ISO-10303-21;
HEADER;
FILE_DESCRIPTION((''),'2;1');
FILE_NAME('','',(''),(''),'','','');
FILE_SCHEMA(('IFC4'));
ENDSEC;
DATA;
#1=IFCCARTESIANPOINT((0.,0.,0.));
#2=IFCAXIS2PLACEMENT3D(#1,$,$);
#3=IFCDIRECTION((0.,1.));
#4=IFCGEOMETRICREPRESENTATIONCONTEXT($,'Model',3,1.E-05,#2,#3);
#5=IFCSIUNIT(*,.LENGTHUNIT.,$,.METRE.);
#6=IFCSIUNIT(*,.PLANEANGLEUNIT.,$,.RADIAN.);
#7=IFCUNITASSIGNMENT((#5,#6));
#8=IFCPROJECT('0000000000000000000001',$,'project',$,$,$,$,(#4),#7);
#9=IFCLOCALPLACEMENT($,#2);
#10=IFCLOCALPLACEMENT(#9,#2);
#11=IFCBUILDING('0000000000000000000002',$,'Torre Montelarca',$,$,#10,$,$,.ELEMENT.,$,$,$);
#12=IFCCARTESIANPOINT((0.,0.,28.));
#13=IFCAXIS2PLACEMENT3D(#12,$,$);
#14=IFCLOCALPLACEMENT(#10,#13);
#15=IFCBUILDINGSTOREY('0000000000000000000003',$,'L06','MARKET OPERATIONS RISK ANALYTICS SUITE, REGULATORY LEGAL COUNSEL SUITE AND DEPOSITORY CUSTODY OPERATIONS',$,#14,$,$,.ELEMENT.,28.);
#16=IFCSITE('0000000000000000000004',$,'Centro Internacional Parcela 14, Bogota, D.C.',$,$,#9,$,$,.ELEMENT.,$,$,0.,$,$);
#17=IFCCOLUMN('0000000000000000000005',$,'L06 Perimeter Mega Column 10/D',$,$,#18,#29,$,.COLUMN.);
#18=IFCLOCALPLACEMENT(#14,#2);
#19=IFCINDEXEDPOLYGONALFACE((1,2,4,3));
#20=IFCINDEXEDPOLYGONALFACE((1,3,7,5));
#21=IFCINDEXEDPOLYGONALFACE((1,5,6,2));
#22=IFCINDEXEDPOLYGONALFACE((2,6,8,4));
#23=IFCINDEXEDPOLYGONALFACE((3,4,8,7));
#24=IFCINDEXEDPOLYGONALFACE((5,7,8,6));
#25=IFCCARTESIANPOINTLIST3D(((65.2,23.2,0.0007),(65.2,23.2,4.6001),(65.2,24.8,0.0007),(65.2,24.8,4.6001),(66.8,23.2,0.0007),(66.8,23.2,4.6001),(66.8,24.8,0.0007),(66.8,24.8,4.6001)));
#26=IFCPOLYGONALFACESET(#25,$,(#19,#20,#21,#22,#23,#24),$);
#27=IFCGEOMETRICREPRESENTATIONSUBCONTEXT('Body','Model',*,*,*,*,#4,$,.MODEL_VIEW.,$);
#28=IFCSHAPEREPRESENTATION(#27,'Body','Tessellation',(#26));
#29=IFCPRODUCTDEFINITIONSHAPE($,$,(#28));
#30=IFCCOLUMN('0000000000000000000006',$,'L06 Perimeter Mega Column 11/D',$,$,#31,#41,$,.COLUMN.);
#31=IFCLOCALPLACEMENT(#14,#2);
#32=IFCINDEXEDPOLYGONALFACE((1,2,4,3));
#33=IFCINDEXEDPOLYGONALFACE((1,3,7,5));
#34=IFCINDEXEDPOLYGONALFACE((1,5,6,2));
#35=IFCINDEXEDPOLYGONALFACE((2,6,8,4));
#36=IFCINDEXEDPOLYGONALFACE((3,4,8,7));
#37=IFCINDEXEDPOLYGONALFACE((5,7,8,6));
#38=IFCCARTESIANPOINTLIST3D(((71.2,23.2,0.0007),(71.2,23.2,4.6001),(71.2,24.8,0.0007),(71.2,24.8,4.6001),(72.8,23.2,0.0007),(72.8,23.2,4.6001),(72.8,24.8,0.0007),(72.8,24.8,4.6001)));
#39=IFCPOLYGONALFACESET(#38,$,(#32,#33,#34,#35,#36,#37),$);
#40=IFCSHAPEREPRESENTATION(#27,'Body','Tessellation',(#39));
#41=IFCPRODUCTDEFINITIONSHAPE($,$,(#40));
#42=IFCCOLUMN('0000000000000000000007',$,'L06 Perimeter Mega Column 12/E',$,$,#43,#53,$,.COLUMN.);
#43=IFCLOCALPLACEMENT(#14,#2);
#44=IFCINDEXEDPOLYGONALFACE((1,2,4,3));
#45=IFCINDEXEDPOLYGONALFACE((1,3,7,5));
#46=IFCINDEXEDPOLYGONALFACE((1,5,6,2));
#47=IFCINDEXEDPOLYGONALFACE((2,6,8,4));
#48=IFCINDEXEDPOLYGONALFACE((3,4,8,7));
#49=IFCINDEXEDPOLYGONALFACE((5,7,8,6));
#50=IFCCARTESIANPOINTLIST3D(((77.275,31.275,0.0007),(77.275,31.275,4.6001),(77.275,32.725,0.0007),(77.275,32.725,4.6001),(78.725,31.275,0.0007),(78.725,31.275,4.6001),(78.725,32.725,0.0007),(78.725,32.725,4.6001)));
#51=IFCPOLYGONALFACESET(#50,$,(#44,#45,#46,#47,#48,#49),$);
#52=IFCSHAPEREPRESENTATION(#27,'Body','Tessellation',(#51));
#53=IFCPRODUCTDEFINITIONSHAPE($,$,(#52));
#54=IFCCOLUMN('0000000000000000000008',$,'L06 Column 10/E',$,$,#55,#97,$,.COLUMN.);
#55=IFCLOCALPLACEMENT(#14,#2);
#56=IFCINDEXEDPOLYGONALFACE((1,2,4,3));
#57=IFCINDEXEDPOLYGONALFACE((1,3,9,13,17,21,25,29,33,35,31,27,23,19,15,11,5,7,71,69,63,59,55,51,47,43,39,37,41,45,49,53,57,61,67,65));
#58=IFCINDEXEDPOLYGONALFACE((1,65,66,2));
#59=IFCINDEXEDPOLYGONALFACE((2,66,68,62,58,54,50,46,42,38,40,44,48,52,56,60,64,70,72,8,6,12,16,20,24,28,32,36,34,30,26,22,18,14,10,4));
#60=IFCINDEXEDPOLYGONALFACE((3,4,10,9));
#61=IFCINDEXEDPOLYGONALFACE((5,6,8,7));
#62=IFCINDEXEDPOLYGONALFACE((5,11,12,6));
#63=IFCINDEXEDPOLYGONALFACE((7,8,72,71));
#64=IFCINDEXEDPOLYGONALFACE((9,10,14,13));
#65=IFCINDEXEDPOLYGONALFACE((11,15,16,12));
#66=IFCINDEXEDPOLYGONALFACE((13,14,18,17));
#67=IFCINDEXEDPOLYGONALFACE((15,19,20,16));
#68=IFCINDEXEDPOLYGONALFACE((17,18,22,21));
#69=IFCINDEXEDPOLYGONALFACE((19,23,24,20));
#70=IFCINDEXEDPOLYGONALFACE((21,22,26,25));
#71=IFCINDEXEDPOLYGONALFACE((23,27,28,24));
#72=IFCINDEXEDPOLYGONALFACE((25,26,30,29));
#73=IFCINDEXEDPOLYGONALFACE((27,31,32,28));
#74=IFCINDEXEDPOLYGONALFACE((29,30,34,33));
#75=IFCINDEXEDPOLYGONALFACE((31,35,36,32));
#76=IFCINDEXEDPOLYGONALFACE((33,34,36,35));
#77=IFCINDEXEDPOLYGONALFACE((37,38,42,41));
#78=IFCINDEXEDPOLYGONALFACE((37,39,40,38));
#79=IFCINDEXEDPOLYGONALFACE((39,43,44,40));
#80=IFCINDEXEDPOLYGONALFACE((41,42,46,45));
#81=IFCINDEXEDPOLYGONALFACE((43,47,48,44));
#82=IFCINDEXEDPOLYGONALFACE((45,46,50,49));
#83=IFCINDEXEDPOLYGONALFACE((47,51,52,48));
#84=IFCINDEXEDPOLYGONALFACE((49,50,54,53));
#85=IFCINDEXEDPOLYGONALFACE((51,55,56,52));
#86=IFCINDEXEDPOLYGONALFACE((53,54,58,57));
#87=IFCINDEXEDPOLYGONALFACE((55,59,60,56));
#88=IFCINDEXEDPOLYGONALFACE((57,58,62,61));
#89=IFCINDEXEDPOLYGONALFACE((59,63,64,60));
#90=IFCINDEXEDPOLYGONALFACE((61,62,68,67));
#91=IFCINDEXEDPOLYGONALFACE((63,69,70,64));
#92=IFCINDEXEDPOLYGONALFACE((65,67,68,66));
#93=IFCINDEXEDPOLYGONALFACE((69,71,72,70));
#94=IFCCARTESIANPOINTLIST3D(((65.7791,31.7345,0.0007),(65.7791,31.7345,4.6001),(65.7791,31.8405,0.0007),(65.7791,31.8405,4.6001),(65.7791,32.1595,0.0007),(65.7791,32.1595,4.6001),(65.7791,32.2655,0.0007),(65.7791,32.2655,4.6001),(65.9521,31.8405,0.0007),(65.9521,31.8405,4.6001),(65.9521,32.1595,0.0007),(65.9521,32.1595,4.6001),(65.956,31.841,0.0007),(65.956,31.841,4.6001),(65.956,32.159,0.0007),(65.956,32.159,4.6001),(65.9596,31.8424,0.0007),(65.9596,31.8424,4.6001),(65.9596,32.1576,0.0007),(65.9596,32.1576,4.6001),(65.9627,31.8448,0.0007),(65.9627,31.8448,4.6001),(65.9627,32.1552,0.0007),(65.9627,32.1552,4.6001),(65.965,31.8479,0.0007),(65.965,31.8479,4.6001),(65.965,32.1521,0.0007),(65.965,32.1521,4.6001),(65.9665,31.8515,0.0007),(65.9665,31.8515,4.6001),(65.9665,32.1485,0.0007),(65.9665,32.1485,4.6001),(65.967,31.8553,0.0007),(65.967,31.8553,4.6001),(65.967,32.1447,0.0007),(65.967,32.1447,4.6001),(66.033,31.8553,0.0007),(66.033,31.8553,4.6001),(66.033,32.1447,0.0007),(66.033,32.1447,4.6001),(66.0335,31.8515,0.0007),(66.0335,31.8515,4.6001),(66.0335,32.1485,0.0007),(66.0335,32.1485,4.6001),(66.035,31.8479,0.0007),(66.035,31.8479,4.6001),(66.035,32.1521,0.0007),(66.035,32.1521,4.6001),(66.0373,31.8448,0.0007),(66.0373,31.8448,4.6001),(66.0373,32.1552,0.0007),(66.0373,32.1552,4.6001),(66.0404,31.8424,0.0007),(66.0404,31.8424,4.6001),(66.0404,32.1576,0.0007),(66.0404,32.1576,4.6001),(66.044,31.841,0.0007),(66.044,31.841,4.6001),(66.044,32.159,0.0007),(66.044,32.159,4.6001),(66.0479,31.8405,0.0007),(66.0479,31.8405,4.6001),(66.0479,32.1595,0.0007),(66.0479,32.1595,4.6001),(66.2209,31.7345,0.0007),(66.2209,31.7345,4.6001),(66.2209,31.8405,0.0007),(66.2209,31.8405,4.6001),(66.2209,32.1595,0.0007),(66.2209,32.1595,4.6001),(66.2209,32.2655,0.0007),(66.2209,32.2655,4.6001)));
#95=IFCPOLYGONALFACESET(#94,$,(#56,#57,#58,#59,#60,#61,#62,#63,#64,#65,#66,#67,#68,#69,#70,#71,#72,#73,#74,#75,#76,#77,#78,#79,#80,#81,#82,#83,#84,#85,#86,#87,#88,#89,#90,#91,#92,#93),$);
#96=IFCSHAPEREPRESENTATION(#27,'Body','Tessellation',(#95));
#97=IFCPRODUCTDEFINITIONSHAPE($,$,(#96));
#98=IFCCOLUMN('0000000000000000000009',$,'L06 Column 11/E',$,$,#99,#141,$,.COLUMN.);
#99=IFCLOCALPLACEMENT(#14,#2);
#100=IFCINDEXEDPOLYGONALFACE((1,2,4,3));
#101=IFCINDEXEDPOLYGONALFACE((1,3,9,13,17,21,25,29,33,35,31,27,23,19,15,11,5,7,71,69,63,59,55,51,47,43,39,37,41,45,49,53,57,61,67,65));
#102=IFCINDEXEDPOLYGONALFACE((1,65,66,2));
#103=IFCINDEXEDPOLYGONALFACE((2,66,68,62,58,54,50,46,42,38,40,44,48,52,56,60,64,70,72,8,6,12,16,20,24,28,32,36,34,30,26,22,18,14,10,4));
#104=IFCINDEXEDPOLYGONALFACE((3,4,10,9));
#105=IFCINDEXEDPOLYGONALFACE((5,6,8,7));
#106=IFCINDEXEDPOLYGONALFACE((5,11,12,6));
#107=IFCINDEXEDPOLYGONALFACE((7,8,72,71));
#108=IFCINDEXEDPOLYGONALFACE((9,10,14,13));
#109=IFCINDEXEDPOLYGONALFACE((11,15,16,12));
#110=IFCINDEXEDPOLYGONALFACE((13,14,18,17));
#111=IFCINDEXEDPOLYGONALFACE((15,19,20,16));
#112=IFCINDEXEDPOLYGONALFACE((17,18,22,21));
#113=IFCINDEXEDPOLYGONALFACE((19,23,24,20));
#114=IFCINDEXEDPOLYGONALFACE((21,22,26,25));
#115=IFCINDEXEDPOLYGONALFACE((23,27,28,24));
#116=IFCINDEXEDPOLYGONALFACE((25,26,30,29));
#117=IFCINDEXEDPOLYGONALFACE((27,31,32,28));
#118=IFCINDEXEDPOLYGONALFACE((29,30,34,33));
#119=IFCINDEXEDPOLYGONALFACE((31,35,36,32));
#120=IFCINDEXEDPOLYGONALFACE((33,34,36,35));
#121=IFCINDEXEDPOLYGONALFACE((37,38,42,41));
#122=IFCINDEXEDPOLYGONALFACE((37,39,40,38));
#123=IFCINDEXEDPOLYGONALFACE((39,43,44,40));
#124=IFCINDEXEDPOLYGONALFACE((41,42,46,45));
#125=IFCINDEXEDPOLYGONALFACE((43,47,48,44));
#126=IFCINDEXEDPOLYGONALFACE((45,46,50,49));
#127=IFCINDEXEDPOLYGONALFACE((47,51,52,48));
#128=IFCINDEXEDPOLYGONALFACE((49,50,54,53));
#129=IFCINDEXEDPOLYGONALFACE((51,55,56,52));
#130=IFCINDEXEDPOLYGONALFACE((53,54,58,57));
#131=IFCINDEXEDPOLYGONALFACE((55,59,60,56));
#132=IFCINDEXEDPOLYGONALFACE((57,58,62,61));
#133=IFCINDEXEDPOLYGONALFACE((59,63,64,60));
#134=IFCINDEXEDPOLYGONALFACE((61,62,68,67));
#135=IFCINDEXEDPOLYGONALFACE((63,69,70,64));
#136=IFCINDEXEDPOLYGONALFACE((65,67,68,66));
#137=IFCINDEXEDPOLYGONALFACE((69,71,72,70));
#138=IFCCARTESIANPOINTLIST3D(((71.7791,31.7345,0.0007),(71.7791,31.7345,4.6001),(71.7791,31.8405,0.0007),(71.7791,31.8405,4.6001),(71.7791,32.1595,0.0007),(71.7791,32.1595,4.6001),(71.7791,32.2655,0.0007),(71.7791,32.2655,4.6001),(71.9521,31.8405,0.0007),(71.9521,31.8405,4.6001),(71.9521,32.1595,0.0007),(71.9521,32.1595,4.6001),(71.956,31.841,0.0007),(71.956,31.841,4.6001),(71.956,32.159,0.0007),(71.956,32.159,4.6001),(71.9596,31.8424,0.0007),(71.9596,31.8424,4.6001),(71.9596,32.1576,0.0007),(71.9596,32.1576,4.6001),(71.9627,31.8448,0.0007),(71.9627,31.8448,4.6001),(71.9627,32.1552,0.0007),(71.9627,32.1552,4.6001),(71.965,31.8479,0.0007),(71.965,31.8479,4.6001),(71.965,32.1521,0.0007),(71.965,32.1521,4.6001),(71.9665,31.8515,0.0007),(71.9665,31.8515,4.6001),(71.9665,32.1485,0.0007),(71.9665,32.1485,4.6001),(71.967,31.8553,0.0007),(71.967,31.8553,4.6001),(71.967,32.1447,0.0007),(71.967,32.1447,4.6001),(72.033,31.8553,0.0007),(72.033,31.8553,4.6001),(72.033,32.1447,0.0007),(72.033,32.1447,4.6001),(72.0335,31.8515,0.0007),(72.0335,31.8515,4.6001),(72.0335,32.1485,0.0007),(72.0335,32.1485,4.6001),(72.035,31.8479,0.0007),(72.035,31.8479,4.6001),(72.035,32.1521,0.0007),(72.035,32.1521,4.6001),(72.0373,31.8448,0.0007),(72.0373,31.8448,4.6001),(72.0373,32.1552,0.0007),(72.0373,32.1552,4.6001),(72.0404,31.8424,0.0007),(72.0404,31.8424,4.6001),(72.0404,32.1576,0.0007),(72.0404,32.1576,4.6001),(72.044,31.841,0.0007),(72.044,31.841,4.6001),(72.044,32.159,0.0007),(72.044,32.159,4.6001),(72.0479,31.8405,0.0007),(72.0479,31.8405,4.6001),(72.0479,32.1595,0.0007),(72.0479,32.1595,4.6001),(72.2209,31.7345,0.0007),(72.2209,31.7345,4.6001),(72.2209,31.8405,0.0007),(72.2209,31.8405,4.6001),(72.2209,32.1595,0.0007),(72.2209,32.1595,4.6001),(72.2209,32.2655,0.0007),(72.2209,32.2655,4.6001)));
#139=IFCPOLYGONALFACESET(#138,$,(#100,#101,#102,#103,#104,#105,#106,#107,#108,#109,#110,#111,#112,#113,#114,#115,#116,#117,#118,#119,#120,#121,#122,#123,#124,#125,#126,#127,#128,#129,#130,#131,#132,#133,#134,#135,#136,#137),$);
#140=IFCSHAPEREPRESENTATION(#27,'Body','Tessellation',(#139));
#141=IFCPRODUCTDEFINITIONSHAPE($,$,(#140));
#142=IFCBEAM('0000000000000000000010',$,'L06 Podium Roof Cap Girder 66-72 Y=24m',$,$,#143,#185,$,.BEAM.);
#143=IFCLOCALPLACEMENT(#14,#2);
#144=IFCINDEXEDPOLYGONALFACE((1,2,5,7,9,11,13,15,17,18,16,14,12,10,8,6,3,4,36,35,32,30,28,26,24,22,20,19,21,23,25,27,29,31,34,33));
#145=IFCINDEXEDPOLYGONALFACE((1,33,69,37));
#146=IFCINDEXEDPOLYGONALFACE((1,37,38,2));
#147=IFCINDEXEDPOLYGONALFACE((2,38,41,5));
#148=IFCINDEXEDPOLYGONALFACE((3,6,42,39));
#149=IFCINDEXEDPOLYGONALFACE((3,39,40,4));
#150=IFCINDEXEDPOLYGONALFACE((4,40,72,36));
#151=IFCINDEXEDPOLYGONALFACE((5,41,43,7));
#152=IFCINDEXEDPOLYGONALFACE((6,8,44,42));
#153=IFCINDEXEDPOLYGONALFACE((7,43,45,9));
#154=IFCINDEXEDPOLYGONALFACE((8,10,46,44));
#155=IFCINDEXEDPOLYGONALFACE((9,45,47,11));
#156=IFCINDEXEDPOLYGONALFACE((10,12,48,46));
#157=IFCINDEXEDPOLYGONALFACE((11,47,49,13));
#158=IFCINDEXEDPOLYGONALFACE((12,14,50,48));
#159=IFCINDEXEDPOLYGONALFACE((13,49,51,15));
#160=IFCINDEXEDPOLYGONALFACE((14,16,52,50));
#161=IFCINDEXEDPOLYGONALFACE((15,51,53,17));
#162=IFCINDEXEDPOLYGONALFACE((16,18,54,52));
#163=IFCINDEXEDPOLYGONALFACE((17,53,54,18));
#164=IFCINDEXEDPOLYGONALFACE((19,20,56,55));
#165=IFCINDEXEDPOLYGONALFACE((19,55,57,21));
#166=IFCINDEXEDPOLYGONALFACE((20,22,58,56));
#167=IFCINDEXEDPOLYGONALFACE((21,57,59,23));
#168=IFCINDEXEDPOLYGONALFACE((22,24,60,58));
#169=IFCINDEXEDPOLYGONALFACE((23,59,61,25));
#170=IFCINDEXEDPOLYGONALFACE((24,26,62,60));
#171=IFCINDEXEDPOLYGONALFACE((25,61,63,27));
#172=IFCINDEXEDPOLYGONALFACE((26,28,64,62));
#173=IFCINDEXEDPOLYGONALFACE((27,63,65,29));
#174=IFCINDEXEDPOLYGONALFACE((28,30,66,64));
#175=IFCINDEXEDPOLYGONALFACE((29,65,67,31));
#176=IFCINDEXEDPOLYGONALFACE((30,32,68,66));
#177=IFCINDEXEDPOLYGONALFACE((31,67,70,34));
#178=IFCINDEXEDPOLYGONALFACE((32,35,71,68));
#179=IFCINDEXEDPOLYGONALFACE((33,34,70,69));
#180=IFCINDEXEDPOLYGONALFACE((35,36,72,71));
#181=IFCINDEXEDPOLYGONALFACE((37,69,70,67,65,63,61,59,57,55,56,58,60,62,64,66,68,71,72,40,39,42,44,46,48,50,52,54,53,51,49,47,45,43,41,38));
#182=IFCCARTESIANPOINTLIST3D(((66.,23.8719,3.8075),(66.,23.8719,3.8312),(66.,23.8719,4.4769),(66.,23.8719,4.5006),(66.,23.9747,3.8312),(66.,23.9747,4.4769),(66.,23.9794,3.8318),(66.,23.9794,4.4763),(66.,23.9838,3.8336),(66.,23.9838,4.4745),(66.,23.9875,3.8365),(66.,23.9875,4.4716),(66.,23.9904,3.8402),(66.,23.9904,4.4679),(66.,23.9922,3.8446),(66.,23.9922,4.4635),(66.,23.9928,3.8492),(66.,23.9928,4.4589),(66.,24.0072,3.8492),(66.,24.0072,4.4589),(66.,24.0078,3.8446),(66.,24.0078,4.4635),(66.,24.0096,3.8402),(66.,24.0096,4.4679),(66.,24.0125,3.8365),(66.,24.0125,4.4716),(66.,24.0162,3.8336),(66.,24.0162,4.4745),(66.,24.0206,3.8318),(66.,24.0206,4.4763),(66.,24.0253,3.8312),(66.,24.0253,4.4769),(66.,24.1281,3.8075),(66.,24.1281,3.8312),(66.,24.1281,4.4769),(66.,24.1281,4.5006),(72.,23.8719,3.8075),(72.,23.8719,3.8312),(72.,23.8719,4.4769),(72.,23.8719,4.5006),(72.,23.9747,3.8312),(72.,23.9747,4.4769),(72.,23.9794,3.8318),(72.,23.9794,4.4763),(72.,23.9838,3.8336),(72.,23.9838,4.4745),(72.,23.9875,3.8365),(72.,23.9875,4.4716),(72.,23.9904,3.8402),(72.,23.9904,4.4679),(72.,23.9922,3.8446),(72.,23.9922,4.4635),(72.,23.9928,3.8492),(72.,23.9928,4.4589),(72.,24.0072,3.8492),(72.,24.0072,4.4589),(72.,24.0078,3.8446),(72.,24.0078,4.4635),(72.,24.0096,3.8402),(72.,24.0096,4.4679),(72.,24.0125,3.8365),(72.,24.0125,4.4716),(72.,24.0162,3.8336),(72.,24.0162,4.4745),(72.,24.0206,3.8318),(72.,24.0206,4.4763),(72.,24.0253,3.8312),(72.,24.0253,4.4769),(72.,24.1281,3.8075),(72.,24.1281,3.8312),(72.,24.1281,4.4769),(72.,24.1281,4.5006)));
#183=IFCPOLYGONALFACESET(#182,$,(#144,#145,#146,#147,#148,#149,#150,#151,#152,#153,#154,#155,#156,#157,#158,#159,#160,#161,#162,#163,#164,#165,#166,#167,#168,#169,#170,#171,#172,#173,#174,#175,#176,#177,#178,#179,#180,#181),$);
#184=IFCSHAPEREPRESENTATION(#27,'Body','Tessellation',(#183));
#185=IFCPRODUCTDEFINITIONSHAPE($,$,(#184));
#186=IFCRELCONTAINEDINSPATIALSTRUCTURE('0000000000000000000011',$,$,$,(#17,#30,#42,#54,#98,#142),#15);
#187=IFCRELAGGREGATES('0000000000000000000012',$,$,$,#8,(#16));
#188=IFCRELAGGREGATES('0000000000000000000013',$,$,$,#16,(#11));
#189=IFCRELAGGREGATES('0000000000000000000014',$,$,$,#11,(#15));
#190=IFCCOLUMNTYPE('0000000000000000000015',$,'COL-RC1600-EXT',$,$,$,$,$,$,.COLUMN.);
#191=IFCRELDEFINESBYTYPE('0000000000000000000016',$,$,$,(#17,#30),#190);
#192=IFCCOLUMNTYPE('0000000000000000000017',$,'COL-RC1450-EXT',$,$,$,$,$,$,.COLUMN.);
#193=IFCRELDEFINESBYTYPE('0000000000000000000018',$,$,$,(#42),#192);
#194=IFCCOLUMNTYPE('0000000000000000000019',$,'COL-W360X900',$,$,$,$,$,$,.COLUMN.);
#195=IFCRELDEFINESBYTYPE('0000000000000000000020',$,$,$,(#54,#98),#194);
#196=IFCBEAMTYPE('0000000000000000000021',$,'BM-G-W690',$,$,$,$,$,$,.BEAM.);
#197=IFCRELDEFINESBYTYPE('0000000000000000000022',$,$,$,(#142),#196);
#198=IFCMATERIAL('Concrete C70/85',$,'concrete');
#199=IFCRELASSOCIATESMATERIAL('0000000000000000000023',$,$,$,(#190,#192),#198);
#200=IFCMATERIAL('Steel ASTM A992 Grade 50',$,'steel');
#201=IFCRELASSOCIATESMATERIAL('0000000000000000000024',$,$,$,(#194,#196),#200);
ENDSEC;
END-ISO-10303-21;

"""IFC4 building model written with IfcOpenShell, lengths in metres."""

from ifc_helpers import new_model, si_unit, direction, frame, origin, origin_2d, place, context, subcontext, project, spatial, rectangle, i_section, extrude, source, transform, mapped, material, material_profile, profile_set, type_object, element, save


model = new_model("IFC4")

# Units and contexts
model_context = context("Model", 3, precision=1e-05, world=origin(), true_north=direction((0.0, 1.0)))
body_context = subcontext(model_context, "Body", "Model", "MODEL_VIEW")
ifc_project = project(units=[si_unit("LENGTHUNIT", "METRE"), si_unit("PLANEANGLEUNIT", "RADIAN")], contexts=[model_context])

# Site, building, storey
site_placement = place(None, origin())
site = spatial("IfcSite", under=ifc_project, at=site_placement, Name="Centro Internacional Parcela 14, Bogota, D.C.", CompositionType="ELEMENT", RefElevation=0.0)
building_placement = place(site_placement, origin())
building = spatial("IfcBuilding", under=site, at=building_placement, Name="Torre Montelarca", CompositionType="ELEMENT")
storey_placement = place(building_placement, frame((0.0, 0.0, 28.0)))
storey = spatial("IfcBuildingStorey", under=building, at=storey_placement, Name="L06", Description="MARKET OPERATIONS RISK ANALYTICS SUITE, REGULATORY LEGAL COUNSEL SUITE AND DEPOSITORY CUSTODY OPERATIONS", CompositionType="ELEMENT", Elevation=28.0)

# Columns
ifc_material_1 = material(Name="Concrete C70/85", Category="concrete")
ifc_material_profile_1 = material_profile(ifc_material_1, rectangle(XDim=1.6001, YDim=1.6001, at=origin_2d()), Name="RC1600X1600", Category="concrete")
ifc_profile_set_1 = profile_set([ifc_material_profile_1], Name="Concrete C70/85")
column_type_1 = type_object("IfcColumnType", Name="COL-RC1600-EXT", PredefinedType="COLUMN", material=ifc_profile_set_1)
shared_shape_1 = source(origin(), body_context, "Body", "SweptSolid", [
    extrude(rectangle(XDim=1.6001, YDim=1.6001, at=origin_2d()), origin(), (0.0, 0.0, 1.0), 4.5994),
])
for number, where, z_axis, x_axis, name in (
    (1, (66.0, 24.0, 0.0007), (0.0, 0.0, 1.0), (1.0, 0.0, 0.0), "L06 Perimeter Mega Column 10/D"),
    (2, (72.0, 24.0, 0.0007), (0.0, 0.0, 1.0), (1.0, 0.0, 0.0), "L06 Perimeter Mega Column 11/D"),
):
    element("IfcColumn", number, at=place(storey_placement, frame(where, z_axis=z_axis, x_axis=x_axis)), inside=storey, type_object=column_type_1, Name=name, PredefinedType="COLUMN", context=body_context, shape_type="MappedRepresentation", body=[
        mapped(shared_shape_1, transform((0.0, 0.0, 0.0), scale=1.0)),
    ])
ifc_material_profile_2 = material_profile(ifc_material_1, rectangle(XDim=1.45, YDim=1.45, at=origin_2d()), Name="RC1450X1450", Category="concrete")
ifc_profile_set_2 = profile_set([ifc_material_profile_2], Name="Concrete C70/85")
column_type_2 = type_object("IfcColumnType", Name="COL-RC1450-EXT", PredefinedType="COLUMN", material=ifc_profile_set_2)
shared_shape_2 = source(origin(), body_context, "Body", "SweptSolid", [
    extrude(rectangle(XDim=1.45, YDim=1.45, at=origin_2d()), origin(), (0.0, 0.0, 1.0), 4.5994),
])
column_placement = place(storey_placement, frame((78.0, 32.0, 0.0007), z_axis=(0.0, 0.0, 1.0), x_axis=(1.0, 0.0, 0.0)))
element("IfcColumn", 3, at=column_placement, inside=storey, type_object=column_type_2, Name="L06 Perimeter Mega Column 12/E", PredefinedType="COLUMN", context=body_context, shape_type="MappedRepresentation", body=[
    mapped(shared_shape_2, transform((0.0, 0.0, 0.0), scale=1.0)),
])
ifc_material_2 = material(Name="Steel ASTM A992 Grade 50", Category="steel")
ifc_material_profile_3 = material_profile(ifc_material_2, i_section(OverallWidth=0.4419, OverallDepth=0.531, WebThickness=0.0659, FlangeThickness=0.106, FilletRadius=0.0149, at=origin_2d()), Name="W360X900", Category="steel")
ifc_profile_set_3 = profile_set([ifc_material_profile_3], Name="Steel ASTM A992 Grade 50")
column_type_3 = type_object("IfcColumnType", Name="COL-W360X900", PredefinedType="COLUMN", material=ifc_profile_set_3)
shared_shape_3 = source(origin(), body_context, "Body", "SweptSolid", [
    extrude(i_section(OverallWidth=0.4419, OverallDepth=0.531, WebThickness=0.0659, FlangeThickness=0.106, FilletRadius=0.0149, at=origin_2d()), origin(), (0.0, 0.0, 1.0), 4.5994),
])
for number, where, z_axis, x_axis, name in (
    (4, (66.0, 32.0, 0.0007), (0.0, 0.0, 1.0), (1.0, 0.0, 0.0), "L06 Column 10/E"),
    (5, (72.0, 32.0, 0.0007), (0.0, 0.0, 1.0), (1.0, 0.0, 0.0), "L06 Column 11/E"),
):
    element("IfcColumn", number, at=place(storey_placement, frame(where, z_axis=z_axis, x_axis=x_axis)), inside=storey, type_object=column_type_3, Name=name, PredefinedType="COLUMN", context=body_context, shape_type="MappedRepresentation", body=[
        mapped(shared_shape_3, transform((0.0, 0.0, 0.0), scale=1.0)),
    ])

# Beam
ifc_material_profile_4 = material_profile(ifc_material_2, i_section(OverallWidth=0.2561, OverallDepth=0.6931, WebThickness=0.0144, FlangeThickness=0.0237, FilletRadius=0.0181, at=origin_2d()), Name="W690X170", Category="steel")
ifc_profile_set_4 = profile_set([ifc_material_profile_4], Name="Steel ASTM A992 Grade 50")
beam_type_1 = type_object("IfcBeamType", Name="BM-G-W690", PredefinedType="BEAM", material=ifc_profile_set_4)
shared_shape_4 = source(origin(), body_context, "Body", "SweptSolid", [
    extrude(i_section(OverallWidth=0.2561, OverallDepth=0.6931, WebThickness=0.0144, FlangeThickness=0.0237, FilletRadius=0.0181, at=origin_2d()), origin(), (0.0, 0.0, 1.0), 6.0),
])
for number, where, z_axis, x_axis, name in (
    (6, (66.0, 24.0, 4.1541), (1.0, 0.0, 0.0), (0.0, 1.0, 0.0), "L06 Podium Roof Cap Girder 66-72 Y=24m"),
):
    element("IfcBeam", number, at=place(storey_placement, frame(where, z_axis=z_axis, x_axis=x_axis)), inside=storey, type_object=beam_type_1, Name=name, PredefinedType="BEAM", context=body_context, shape_type="MappedRepresentation", body=[
        mapped(shared_shape_4, transform((0.0, 0.0, 0.0), scale=1.0)),
    ])

save(model, "model.ifc")
